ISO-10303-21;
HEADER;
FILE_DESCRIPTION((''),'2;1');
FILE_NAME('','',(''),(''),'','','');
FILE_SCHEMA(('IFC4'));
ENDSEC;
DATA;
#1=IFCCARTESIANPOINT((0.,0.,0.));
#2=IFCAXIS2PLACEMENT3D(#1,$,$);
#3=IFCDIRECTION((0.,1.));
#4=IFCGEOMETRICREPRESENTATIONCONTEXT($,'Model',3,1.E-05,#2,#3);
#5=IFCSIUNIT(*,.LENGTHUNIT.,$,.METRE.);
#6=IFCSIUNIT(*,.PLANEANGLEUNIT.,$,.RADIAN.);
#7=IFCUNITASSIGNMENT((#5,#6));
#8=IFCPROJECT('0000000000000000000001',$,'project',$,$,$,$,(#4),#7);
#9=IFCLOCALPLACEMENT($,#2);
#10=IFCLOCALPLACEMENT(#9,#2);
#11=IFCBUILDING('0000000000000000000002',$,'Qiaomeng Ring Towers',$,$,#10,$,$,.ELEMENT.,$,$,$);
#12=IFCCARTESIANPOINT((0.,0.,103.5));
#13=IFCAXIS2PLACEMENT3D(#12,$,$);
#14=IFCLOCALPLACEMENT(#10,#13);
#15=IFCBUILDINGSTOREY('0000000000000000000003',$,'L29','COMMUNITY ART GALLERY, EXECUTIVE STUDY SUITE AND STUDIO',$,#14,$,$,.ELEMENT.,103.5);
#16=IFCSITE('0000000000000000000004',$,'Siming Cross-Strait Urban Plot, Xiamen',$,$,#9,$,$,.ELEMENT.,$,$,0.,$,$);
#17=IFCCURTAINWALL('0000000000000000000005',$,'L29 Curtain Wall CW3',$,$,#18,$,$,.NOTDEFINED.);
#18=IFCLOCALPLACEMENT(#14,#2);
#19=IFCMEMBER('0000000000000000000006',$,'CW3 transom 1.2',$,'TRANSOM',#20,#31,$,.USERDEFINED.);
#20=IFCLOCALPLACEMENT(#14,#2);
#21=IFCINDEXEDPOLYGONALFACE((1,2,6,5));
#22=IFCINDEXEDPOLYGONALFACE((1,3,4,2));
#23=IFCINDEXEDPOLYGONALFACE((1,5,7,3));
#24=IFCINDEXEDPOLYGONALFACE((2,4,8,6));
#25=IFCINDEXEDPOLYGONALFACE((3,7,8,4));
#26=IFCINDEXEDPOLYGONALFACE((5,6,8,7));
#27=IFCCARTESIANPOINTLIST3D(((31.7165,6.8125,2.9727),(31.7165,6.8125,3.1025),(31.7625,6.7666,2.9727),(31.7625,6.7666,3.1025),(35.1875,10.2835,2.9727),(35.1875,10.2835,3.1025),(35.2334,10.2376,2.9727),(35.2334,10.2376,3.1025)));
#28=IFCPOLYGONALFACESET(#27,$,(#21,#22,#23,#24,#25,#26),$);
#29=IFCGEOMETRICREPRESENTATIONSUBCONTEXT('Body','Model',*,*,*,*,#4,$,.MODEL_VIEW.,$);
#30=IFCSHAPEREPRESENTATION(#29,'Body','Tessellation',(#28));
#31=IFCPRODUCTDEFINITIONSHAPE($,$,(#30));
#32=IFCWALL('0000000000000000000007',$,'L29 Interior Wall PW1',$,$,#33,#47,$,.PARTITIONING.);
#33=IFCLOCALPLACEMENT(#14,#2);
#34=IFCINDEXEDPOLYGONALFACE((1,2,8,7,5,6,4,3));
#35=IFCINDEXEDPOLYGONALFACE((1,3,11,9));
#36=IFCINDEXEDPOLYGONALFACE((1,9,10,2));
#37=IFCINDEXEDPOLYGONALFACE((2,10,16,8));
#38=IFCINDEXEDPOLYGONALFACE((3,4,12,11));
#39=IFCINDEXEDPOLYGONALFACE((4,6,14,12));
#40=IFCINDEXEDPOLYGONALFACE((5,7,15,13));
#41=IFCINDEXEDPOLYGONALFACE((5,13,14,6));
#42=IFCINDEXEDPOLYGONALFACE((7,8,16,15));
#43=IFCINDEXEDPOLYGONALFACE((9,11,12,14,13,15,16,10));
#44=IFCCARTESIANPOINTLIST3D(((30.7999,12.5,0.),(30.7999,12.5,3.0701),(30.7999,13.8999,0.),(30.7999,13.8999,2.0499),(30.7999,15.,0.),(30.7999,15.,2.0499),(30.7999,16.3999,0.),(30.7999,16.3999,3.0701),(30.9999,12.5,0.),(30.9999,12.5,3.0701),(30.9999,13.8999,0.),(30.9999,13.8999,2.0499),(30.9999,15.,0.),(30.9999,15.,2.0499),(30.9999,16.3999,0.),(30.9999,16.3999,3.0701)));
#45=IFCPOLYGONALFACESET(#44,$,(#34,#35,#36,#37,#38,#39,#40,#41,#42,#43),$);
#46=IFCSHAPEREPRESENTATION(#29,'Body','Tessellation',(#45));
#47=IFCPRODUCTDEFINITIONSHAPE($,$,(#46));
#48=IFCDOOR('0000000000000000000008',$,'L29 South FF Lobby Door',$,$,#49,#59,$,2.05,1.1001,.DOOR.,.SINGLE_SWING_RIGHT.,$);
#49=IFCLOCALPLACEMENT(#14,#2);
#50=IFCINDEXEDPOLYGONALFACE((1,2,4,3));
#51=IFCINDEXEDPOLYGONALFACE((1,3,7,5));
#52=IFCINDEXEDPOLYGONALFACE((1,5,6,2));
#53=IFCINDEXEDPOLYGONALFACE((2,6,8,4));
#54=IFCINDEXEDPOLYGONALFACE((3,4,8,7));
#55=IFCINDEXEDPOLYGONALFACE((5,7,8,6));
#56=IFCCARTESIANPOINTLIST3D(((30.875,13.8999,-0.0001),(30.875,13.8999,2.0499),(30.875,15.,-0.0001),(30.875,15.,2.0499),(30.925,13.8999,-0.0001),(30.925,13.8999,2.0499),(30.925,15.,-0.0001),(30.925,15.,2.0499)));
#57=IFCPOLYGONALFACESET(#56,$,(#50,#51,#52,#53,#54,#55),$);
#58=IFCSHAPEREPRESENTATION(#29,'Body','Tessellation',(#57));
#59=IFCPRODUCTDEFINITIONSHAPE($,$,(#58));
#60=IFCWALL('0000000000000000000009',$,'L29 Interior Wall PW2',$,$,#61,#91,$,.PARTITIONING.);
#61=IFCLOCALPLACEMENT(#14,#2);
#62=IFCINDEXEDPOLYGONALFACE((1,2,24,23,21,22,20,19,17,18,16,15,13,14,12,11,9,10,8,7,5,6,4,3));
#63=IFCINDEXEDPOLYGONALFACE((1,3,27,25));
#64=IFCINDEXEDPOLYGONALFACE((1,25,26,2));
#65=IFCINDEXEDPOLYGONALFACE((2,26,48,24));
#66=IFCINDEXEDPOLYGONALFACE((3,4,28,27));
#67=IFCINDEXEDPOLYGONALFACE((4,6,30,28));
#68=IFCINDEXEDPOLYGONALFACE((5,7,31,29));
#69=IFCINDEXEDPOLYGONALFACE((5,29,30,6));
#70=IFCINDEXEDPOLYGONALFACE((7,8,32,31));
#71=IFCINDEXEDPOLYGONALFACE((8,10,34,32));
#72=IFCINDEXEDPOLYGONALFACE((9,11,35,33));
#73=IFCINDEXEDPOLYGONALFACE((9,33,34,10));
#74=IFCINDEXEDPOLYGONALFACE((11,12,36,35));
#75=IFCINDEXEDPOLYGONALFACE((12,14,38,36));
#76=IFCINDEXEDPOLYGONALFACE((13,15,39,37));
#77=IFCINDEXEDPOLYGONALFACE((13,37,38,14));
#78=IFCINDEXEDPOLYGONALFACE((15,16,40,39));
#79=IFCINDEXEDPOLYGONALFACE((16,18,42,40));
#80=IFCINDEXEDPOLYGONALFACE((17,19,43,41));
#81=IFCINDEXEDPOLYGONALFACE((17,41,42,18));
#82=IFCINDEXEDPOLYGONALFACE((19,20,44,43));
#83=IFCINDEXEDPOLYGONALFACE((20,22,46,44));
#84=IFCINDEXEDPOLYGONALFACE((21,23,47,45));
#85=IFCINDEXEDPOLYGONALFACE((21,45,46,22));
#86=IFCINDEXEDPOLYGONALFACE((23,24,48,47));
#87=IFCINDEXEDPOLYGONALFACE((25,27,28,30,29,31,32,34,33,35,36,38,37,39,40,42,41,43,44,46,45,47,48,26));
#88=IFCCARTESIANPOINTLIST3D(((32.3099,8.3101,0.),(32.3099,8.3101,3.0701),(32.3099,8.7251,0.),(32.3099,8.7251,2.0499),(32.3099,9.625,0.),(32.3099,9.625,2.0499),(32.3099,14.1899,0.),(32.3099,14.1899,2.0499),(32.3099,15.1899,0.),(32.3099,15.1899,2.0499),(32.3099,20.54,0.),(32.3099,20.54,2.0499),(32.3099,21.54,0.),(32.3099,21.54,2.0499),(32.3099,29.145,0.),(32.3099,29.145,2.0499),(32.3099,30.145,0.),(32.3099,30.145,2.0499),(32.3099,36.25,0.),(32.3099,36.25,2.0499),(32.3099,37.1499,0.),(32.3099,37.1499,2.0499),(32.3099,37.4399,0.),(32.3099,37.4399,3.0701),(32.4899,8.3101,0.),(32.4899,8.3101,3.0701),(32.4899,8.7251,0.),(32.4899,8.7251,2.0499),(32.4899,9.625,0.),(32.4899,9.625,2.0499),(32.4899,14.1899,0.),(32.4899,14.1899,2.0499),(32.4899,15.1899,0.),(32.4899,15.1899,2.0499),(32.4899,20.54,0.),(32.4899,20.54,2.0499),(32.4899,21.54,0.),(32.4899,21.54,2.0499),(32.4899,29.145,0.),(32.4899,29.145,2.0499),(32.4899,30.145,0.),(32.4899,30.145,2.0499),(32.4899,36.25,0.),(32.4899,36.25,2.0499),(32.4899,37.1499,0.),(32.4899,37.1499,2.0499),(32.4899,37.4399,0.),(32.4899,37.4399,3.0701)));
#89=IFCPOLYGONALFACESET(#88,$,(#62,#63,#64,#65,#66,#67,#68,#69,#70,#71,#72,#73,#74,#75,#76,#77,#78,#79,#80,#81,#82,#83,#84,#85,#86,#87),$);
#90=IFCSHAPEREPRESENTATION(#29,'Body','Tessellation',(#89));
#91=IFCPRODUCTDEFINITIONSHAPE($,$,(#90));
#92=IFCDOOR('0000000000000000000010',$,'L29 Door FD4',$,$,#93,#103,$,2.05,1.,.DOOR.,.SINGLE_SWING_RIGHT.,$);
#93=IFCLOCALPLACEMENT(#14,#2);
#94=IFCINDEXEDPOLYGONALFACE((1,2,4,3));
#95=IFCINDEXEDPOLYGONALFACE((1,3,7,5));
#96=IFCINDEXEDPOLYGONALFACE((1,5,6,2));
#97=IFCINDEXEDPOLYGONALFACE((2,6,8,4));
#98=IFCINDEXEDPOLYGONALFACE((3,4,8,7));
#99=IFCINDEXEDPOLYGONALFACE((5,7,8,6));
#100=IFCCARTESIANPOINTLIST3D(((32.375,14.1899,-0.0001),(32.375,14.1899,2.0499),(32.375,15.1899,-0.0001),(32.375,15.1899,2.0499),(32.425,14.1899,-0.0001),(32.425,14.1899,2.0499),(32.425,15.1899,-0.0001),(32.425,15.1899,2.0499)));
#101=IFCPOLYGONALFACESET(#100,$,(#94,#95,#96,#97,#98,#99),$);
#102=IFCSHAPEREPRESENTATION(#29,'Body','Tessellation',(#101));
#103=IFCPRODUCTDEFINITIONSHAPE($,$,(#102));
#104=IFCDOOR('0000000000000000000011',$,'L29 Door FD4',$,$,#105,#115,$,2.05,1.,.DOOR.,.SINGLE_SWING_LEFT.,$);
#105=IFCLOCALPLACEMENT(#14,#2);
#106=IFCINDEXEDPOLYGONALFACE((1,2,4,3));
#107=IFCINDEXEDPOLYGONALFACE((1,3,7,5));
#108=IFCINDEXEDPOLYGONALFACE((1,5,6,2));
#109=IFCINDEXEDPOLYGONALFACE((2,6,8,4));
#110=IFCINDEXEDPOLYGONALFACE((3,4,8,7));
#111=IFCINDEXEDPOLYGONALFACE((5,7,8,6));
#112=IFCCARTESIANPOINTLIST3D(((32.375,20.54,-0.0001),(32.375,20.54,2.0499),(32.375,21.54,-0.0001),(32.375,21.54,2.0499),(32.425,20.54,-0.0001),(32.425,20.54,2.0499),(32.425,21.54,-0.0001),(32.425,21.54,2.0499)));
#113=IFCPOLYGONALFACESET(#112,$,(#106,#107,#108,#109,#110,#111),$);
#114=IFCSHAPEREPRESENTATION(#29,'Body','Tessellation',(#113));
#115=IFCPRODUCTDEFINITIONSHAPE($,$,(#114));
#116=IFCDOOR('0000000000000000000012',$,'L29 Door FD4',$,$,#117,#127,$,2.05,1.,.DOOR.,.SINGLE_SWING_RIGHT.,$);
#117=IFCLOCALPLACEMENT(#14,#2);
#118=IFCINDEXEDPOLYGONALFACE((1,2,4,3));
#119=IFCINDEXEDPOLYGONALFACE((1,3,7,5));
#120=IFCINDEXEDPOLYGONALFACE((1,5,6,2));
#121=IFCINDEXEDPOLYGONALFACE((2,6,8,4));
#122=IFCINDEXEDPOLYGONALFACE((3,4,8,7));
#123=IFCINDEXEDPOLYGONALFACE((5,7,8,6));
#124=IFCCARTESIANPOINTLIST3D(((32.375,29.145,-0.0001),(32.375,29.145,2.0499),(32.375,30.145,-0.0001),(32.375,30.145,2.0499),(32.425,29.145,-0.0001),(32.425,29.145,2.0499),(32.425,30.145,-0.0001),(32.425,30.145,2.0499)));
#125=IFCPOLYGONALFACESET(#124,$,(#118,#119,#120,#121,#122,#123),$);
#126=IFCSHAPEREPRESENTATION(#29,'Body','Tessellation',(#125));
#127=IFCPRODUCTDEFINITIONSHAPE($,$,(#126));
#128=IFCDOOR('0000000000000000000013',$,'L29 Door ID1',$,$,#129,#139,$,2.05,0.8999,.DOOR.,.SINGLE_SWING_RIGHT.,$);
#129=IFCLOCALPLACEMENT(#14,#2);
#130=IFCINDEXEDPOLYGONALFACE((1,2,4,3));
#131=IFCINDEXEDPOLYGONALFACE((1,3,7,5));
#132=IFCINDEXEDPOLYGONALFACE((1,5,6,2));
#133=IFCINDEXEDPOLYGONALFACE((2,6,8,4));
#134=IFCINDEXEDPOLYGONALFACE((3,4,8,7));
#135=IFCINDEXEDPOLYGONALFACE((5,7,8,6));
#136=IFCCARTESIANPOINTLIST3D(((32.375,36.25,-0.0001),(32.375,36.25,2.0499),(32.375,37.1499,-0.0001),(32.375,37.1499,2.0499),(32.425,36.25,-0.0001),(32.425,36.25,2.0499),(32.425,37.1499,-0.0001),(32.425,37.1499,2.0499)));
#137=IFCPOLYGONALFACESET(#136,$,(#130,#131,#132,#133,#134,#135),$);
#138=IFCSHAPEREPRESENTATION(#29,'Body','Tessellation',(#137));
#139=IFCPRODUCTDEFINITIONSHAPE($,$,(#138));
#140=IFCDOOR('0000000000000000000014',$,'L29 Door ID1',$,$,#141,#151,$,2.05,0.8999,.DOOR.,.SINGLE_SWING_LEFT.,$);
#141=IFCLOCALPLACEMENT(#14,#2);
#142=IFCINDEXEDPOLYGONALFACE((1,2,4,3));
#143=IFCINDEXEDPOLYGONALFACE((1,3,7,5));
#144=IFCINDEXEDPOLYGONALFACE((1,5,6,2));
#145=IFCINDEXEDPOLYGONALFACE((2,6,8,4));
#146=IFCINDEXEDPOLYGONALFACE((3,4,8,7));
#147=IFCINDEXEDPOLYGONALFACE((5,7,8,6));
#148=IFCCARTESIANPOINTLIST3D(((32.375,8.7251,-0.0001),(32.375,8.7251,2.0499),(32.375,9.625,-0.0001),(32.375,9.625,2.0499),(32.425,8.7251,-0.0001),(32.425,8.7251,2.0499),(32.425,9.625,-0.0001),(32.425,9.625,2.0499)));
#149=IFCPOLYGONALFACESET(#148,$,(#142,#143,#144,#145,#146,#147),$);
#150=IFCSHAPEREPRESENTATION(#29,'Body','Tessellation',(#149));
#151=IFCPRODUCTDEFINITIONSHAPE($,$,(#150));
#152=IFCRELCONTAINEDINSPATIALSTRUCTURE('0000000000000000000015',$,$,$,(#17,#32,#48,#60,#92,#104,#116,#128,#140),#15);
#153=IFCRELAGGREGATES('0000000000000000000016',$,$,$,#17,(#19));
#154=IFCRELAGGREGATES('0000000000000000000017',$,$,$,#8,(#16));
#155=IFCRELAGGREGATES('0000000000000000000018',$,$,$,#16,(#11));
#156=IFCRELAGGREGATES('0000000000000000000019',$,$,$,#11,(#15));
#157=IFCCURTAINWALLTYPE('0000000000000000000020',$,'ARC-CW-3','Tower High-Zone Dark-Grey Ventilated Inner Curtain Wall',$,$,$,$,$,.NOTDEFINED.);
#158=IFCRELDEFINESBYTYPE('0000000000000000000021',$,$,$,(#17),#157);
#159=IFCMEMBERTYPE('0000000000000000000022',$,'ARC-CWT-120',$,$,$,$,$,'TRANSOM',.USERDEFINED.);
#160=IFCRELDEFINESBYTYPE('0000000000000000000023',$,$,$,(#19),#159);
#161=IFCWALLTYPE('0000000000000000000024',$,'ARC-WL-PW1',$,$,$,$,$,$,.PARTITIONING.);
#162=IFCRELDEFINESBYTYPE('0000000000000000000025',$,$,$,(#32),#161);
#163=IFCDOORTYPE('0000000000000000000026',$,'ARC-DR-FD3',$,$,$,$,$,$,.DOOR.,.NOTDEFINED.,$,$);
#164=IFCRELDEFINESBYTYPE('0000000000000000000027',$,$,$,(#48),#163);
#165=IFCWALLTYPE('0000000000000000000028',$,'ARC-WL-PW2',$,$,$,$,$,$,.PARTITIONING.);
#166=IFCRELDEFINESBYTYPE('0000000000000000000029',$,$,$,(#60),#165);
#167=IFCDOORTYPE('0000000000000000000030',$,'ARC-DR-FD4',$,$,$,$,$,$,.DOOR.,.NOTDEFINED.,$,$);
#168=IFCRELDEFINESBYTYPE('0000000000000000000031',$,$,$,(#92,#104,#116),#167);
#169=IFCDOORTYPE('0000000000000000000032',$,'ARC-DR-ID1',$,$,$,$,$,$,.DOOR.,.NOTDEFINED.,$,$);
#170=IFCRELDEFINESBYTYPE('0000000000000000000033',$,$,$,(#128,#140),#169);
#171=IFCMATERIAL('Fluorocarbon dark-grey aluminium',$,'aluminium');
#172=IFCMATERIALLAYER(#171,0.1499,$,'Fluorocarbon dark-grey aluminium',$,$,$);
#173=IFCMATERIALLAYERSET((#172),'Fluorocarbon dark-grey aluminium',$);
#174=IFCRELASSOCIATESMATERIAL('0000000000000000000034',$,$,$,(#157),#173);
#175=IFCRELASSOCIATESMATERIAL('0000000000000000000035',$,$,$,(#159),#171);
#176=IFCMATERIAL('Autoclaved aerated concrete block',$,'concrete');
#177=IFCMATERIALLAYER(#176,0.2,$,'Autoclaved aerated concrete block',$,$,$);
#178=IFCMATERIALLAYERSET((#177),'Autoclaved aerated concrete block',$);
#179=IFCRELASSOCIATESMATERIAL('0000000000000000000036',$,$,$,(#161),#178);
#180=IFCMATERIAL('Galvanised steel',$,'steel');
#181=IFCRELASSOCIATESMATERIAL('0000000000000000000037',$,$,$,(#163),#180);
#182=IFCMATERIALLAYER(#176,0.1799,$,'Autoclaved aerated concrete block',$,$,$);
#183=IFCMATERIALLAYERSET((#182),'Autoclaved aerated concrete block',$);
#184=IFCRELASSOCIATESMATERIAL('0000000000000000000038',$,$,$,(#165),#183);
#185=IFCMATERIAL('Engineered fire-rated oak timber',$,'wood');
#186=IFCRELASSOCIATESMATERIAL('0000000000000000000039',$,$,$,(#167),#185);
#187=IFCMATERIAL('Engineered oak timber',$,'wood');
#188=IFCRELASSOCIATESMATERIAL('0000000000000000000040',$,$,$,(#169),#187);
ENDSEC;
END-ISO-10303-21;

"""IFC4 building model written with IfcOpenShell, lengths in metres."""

from ifc_helpers import new_model, si_unit, direction, frame, frame_2d, origin, origin_2d, place, context, subcontext, project, spatial, rectangle, extrude, source, transform, mapped, material, layer, layer_set, material_profile, profile_set, type_object, element, fill, aggregate, save


model = new_model("IFC4")

# Units and contexts
model_context = context("Model", 3, precision=1e-05, world=origin(), true_north=direction((0.0, 1.0)))
body_context = subcontext(model_context, "Body", "Model", "MODEL_VIEW")
ifc_project = project(units=[si_unit("LENGTHUNIT", "METRE"), si_unit("PLANEANGLEUNIT", "RADIAN")], contexts=[model_context])

# Site, building, storey
site_placement = place(None, origin())
site = spatial("IfcSite", under=ifc_project, at=site_placement, Name="Siming Cross-Strait Urban Plot, Xiamen", CompositionType="ELEMENT", RefElevation=0.0)
building_placement = place(site_placement, origin())
building = spatial("IfcBuilding", under=site, at=building_placement, Name="Qiaomeng Ring Towers", CompositionType="ELEMENT")
storey_placement = place(building_placement, frame((0.0, 0.0, 103.5)))
storey = spatial("IfcBuildingStorey", under=building, at=storey_placement, Name="L29", Description="COMMUNITY ART GALLERY, EXECUTIVE STUDY SUITE AND STUDIO", CompositionType="ELEMENT", Elevation=103.5)

# Curtain wall, member
ifc_material_1 = material(Name="Fluorocarbon dark-grey aluminium", Category="aluminium")
ifc_layer_1 = layer(ifc_material_1, 0.1499, Name="Fluorocarbon dark-grey aluminium")
ifc_layer_set_1 = layer_set([ifc_layer_1], Name="Fluorocarbon dark-grey aluminium")
curtain_wall_type = type_object("IfcCurtainWallType", Name="ARC-CW-3", Description="Tower High-Zone Dark-Grey Ventilated Inner Curtain Wall", PredefinedType="NOTDEFINED", material=ifc_layer_set_1)
curtain_wall_placement = place(storey_placement, origin())
curtain_wall = element("IfcCurtainWall", 1, at=curtain_wall_placement, inside=storey, type_object=curtain_wall_type, Name="L29 Curtain Wall CW3", PredefinedType="NOTDEFINED")
ifc_material_profile_1 = material_profile(ifc_material_1, rectangle(XDim=0.0649, YDim=0.1299, at=origin_2d()), Name="ALU TRAN 65x130")
ifc_profile_set_1 = profile_set([ifc_material_profile_1], Name="Fluorocarbon dark-grey aluminium")
member_type_1 = type_object("IfcMemberType", Name="ARC-CWT-120", ElementType="TRANSOM", PredefinedType="USERDEFINED", material=ifc_profile_set_1)
shared_shape_1 = source(origin(), body_context, "Body", "SweptSolid", [
    extrude(rectangle(XDim=0.0649, YDim=0.1299, at=origin_2d()), origin(), (0.0, 0.0, 1.0), 4.9087),
])
member_1_placement = place(storey_placement, frame((31.7395, 6.7896, 3.0376), z_axis=(0.707107, 0.707107, 0.0), x_axis=(-0.707107, 0.707107, 0.0)))
member_1 = element("IfcMember", 2, at=member_1_placement, type_object=member_type_1, Name="CW3 transom 1.2", ObjectType="TRANSOM", PredefinedType="USERDEFINED", context=body_context, shape_type="MappedRepresentation", body=[
    mapped(shared_shape_1, transform((0.0, 0.0, 0.0), x_axis=(1.0, 0.0, 0.0), y_axis=(0.0, 1.0, 0.0), z_axis=(0.0, 0.0, 1.0), scale=1.0)),
])
aggregate(curtain_wall, [member_1])

# Wall, opening, door
ifc_material_2 = material(Name="Autoclaved aerated concrete block", Category="concrete")
ifc_layer_2 = layer(ifc_material_2, 0.2, Name="Autoclaved aerated concrete block")
ifc_layer_set_2 = layer_set([ifc_layer_2], Name="Autoclaved aerated concrete block")
wall_type_1 = type_object("IfcWallType", Name="ARC-WL-PW1", PredefinedType="PARTITIONING", material=ifc_layer_set_2)
wall_1_placement = place(storey_placement, frame((30.8999, 12.5, 0.0), z_axis=(0.0, 0.0, 1.0), x_axis=(0.0, 1.0, 0.0)))
wall_1 = element("IfcWall", 3, at=wall_1_placement, inside=storey, type_object=wall_type_1, Name="L29 Interior Wall PW1", PredefinedType="PARTITIONING", context=body_context, shape_type="SweptSolid", body=[
    extrude(rectangle(XDim=3.8999, YDim=0.2, at=frame_2d((1.95, 0.0))), origin(), (0.0, 0.0, 1.0), 3.0701),
])
opening_1_placement = place(wall_1_placement, frame((1.3999, 0.0, 0.0)))
opening_1 = element("IfcOpeningElement", 4, at=opening_1_placement, cuts=wall_1, PredefinedType="OPENING", context=body_context, shape_type="SweptSolid", body=[
    extrude(rectangle(XDim=1.1001, YDim=2.05, at=frame_2d((0.55, 1.0249))), frame((0.0, 0.1099, 0.0), z_axis=(0.0, -1.0, 0.0), x_axis=(1.0, 0.0, 0.0)), (0.0, 0.0, 1.0), 0.22),
])
ifc_material_3 = material(Name="Galvanised steel", Category="steel")
door_type_1 = type_object("IfcDoorType", Name="ARC-DR-FD3", OperationType="NOTDEFINED", PredefinedType="DOOR", material=ifc_material_3)
shared_shape_2 = source(origin(), body_context, "Body", "SweptSolid", [
    extrude(rectangle(XDim=1.1001, YDim=2.05, at=frame_2d((0.55, 1.0249))), frame((0.0, 0.0249, 0.0), z_axis=(0.0, -1.0, 0.0), x_axis=(1.0, 0.0, 0.0)), (0.0, 0.0, 1.0), 0.05),
])
door_1_placement = place(opening_1_placement, origin())
door_1 = element("IfcDoor", 5, at=door_1_placement, inside=storey, type_object=door_type_1, Name="L29 South FF Lobby Door", OperationType="SINGLE_SWING_RIGHT", OverallHeight=2.05, OverallWidth=1.1001, PredefinedType="DOOR", context=body_context, shape_type="MappedRepresentation", body=[
    mapped(shared_shape_2, transform((0.0, 0.0, 0.0), x_axis=(1.0, 0.0, 0.0), y_axis=(0.0, 1.0, 0.0), z_axis=(0.0, 0.0, 1.0), scale=1.0)),
])
fill(opening_1, door_1)

# Wall, openings, doors
ifc_layer_3 = layer(ifc_material_2, 0.1799, Name="Autoclaved aerated concrete block")
ifc_layer_set_3 = layer_set([ifc_layer_3], Name="Autoclaved aerated concrete block")
wall_type_2 = type_object("IfcWallType", Name="ARC-WL-PW2", PredefinedType="PARTITIONING", material=ifc_layer_set_3)
wall_2_placement = place(storey_placement, frame((32.3999, 8.3101, 0.0), z_axis=(0.0, 0.0, 1.0), x_axis=(0.0, 1.0, 0.0)))
wall_2 = element("IfcWall", 6, at=wall_2_placement, inside=storey, type_object=wall_type_2, Name="L29 Interior Wall PW2", PredefinedType="PARTITIONING", context=body_context, shape_type="SweptSolid", body=[
    extrude(rectangle(XDim=29.1299, YDim=0.1799, at=frame_2d((14.5649, 0.0))), origin(), (0.0, 0.0, 1.0), 3.0701),
])
opening_2_placement = place(wall_2_placement, frame((27.9399, 0.0, 0.0)))
opening_2 = element("IfcOpeningElement", 7, at=opening_2_placement, cuts=wall_2, PredefinedType="OPENING", context=body_context, shape_type="SweptSolid", body=[
    extrude(rectangle(XDim=0.8999, YDim=2.05, at=frame_2d((0.45, 1.0249))), frame((0.0, 0.0999, 0.0), z_axis=(0.0, -1.0, 0.0), x_axis=(1.0, 0.0, 0.0)), (0.0, 0.0, 1.0), 0.2),
])
opening_3_placement = place(wall_2_placement, frame((0.415, 0.0, 0.0)))
opening_3 = element("IfcOpeningElement", 8, at=opening_3_placement, cuts=wall_2, PredefinedType="OPENING", context=body_context, shape_type="SweptSolid", body=[
    extrude(rectangle(XDim=0.8999, YDim=2.05, at=frame_2d((0.45, 1.0249))), frame((0.0, 0.0999, 0.0), z_axis=(0.0, -1.0, 0.0), x_axis=(1.0, 0.0, 0.0)), (0.0, 0.0, 1.0), 0.2),
])
opening_4_placement = place(wall_2_placement, frame((5.8799, 0.0, 0.0)))
opening_4 = element("IfcOpeningElement", 9, at=opening_4_placement, cuts=wall_2, PredefinedType="OPENING", context=body_context, shape_type="SweptSolid", body=[
    extrude(rectangle(XDim=1.0, YDim=2.05, at=frame_2d((0.5, 1.0249))), frame((0.0, 0.0999, 0.0), z_axis=(0.0, -1.0, 0.0), x_axis=(1.0, 0.0, 0.0)), (0.0, 0.0, 1.0), 0.2),
])
opening_5_placement = place(wall_2_placement, frame((12.23, 0.0, 0.0)))
opening_5 = element("IfcOpeningElement", 10, at=opening_5_placement, cuts=wall_2, PredefinedType="OPENING", context=body_context, shape_type="SweptSolid", body=[
    extrude(rectangle(XDim=1.0, YDim=2.05, at=frame_2d((0.5, 1.0249))), frame((0.0, 0.0999, 0.0), z_axis=(0.0, -1.0, 0.0), x_axis=(1.0, 0.0, 0.0)), (0.0, 0.0, 1.0), 0.2),
])
opening_6_placement = place(wall_2_placement, frame((20.835, 0.0, 0.0)))
opening_6 = element("IfcOpeningElement", 11, at=opening_6_placement, cuts=wall_2, PredefinedType="OPENING", context=body_context, shape_type="SweptSolid", body=[
    extrude(rectangle(XDim=1.0, YDim=2.05, at=frame_2d((0.5, 1.0249))), frame((0.0, 0.0999, 0.0), z_axis=(0.0, -1.0, 0.0), x_axis=(1.0, 0.0, 0.0)), (0.0, 0.0, 1.0), 0.2),
])
ifc_material_4 = material(Name="Engineered fire-rated oak timber", Category="wood")
door_type_2 = type_object("IfcDoorType", Name="ARC-DR-FD4", OperationType="NOTDEFINED", PredefinedType="DOOR", material=ifc_material_4)
shared_shape_3 = source(origin(), body_context, "Body", "SweptSolid", [
    extrude(rectangle(XDim=1.0, YDim=2.05, at=frame_2d((0.5, 1.0249))), frame((0.0, 0.0249, 0.0), z_axis=(0.0, -1.0, 0.0), x_axis=(1.0, 0.0, 0.0)), (0.0, 0.0, 1.0), 0.05),
])
door_2_placement = place(opening_4_placement, origin())
door_2 = element("IfcDoor", 12, at=door_2_placement, inside=storey, type_object=door_type_2, Name="L29 Door FD4", OperationType="SINGLE_SWING_RIGHT", OverallHeight=2.05, OverallWidth=1.0, PredefinedType="DOOR", context=body_context, shape_type="MappedRepresentation", body=[
    mapped(shared_shape_3, transform((0.0, 0.0, 0.0), x_axis=(1.0, 0.0, 0.0), y_axis=(0.0, 1.0, 0.0), z_axis=(0.0, 0.0, 1.0), scale=1.0)),
])
fill(opening_4, door_2)
door_3_placement = place(opening_5_placement, origin())
door_3 = element("IfcDoor", 13, at=door_3_placement, inside=storey, type_object=door_type_2, Name="L29 Door FD4", OperationType="SINGLE_SWING_LEFT", OverallHeight=2.05, OverallWidth=1.0, PredefinedType="DOOR", context=body_context, shape_type="MappedRepresentation", body=[
    mapped(shared_shape_3, transform((0.0, 0.0, 0.0), x_axis=(1.0, 0.0, 0.0), y_axis=(0.0, 1.0, 0.0), z_axis=(0.0, 0.0, 1.0), scale=1.0)),
])
fill(opening_5, door_3)
door_4_placement = place(opening_6_placement, origin())
door_4 = element("IfcDoor", 14, at=door_4_placement, inside=storey, type_object=door_type_2, Name="L29 Door FD4", OperationType="SINGLE_SWING_RIGHT", OverallHeight=2.05, OverallWidth=1.0, PredefinedType="DOOR", context=body_context, shape_type="MappedRepresentation", body=[
    mapped(shared_shape_3, transform((0.0, 0.0, 0.0), x_axis=(1.0, 0.0, 0.0), y_axis=(0.0, 1.0, 0.0), z_axis=(0.0, 0.0, 1.0), scale=1.0)),
])
fill(opening_6, door_4)
ifc_material_5 = material(Name="Engineered oak timber", Category="wood")
door_type_3 = type_object("IfcDoorType", Name="ARC-DR-ID1", OperationType="NOTDEFINED", PredefinedType="DOOR", material=ifc_material_5)
shared_shape_4 = source(origin(), body_context, "Body", "SweptSolid", [
    extrude(rectangle(XDim=0.8999, YDim=2.05, at=frame_2d((0.45, 1.0249))), frame((0.0, 0.0249, 0.0), z_axis=(0.0, -1.0, 0.0), x_axis=(1.0, 0.0, 0.0)), (0.0, 0.0, 1.0), 0.05),
])
door_5_placement = place(opening_2_placement, origin())
door_5 = element("IfcDoor", 15, at=door_5_placement, inside=storey, type_object=door_type_3, Name="L29 Door ID1", OperationType="SINGLE_SWING_RIGHT", OverallHeight=2.05, OverallWidth=0.8999, PredefinedType="DOOR", context=body_context, shape_type="MappedRepresentation", body=[
    mapped(shared_shape_4, transform((0.0, 0.0, 0.0), x_axis=(1.0, 0.0, 0.0), y_axis=(0.0, 1.0, 0.0), z_axis=(0.0, 0.0, 1.0), scale=1.0)),
])
fill(opening_2, door_5)
door_6_placement = place(opening_3_placement, origin())
door_6 = element("IfcDoor", 16, at=door_6_placement, inside=storey, type_object=door_type_3, Name="L29 Door ID1", OperationType="SINGLE_SWING_LEFT", OverallHeight=2.05, OverallWidth=0.8999, PredefinedType="DOOR", context=body_context, shape_type="MappedRepresentation", body=[
    mapped(shared_shape_4, transform((0.0, 0.0, 0.0), x_axis=(1.0, 0.0, 0.0), y_axis=(0.0, 1.0, 0.0), z_axis=(0.0, 0.0, 1.0), scale=1.0)),
])
fill(opening_3, door_6)

save(model, "model.ifc")
